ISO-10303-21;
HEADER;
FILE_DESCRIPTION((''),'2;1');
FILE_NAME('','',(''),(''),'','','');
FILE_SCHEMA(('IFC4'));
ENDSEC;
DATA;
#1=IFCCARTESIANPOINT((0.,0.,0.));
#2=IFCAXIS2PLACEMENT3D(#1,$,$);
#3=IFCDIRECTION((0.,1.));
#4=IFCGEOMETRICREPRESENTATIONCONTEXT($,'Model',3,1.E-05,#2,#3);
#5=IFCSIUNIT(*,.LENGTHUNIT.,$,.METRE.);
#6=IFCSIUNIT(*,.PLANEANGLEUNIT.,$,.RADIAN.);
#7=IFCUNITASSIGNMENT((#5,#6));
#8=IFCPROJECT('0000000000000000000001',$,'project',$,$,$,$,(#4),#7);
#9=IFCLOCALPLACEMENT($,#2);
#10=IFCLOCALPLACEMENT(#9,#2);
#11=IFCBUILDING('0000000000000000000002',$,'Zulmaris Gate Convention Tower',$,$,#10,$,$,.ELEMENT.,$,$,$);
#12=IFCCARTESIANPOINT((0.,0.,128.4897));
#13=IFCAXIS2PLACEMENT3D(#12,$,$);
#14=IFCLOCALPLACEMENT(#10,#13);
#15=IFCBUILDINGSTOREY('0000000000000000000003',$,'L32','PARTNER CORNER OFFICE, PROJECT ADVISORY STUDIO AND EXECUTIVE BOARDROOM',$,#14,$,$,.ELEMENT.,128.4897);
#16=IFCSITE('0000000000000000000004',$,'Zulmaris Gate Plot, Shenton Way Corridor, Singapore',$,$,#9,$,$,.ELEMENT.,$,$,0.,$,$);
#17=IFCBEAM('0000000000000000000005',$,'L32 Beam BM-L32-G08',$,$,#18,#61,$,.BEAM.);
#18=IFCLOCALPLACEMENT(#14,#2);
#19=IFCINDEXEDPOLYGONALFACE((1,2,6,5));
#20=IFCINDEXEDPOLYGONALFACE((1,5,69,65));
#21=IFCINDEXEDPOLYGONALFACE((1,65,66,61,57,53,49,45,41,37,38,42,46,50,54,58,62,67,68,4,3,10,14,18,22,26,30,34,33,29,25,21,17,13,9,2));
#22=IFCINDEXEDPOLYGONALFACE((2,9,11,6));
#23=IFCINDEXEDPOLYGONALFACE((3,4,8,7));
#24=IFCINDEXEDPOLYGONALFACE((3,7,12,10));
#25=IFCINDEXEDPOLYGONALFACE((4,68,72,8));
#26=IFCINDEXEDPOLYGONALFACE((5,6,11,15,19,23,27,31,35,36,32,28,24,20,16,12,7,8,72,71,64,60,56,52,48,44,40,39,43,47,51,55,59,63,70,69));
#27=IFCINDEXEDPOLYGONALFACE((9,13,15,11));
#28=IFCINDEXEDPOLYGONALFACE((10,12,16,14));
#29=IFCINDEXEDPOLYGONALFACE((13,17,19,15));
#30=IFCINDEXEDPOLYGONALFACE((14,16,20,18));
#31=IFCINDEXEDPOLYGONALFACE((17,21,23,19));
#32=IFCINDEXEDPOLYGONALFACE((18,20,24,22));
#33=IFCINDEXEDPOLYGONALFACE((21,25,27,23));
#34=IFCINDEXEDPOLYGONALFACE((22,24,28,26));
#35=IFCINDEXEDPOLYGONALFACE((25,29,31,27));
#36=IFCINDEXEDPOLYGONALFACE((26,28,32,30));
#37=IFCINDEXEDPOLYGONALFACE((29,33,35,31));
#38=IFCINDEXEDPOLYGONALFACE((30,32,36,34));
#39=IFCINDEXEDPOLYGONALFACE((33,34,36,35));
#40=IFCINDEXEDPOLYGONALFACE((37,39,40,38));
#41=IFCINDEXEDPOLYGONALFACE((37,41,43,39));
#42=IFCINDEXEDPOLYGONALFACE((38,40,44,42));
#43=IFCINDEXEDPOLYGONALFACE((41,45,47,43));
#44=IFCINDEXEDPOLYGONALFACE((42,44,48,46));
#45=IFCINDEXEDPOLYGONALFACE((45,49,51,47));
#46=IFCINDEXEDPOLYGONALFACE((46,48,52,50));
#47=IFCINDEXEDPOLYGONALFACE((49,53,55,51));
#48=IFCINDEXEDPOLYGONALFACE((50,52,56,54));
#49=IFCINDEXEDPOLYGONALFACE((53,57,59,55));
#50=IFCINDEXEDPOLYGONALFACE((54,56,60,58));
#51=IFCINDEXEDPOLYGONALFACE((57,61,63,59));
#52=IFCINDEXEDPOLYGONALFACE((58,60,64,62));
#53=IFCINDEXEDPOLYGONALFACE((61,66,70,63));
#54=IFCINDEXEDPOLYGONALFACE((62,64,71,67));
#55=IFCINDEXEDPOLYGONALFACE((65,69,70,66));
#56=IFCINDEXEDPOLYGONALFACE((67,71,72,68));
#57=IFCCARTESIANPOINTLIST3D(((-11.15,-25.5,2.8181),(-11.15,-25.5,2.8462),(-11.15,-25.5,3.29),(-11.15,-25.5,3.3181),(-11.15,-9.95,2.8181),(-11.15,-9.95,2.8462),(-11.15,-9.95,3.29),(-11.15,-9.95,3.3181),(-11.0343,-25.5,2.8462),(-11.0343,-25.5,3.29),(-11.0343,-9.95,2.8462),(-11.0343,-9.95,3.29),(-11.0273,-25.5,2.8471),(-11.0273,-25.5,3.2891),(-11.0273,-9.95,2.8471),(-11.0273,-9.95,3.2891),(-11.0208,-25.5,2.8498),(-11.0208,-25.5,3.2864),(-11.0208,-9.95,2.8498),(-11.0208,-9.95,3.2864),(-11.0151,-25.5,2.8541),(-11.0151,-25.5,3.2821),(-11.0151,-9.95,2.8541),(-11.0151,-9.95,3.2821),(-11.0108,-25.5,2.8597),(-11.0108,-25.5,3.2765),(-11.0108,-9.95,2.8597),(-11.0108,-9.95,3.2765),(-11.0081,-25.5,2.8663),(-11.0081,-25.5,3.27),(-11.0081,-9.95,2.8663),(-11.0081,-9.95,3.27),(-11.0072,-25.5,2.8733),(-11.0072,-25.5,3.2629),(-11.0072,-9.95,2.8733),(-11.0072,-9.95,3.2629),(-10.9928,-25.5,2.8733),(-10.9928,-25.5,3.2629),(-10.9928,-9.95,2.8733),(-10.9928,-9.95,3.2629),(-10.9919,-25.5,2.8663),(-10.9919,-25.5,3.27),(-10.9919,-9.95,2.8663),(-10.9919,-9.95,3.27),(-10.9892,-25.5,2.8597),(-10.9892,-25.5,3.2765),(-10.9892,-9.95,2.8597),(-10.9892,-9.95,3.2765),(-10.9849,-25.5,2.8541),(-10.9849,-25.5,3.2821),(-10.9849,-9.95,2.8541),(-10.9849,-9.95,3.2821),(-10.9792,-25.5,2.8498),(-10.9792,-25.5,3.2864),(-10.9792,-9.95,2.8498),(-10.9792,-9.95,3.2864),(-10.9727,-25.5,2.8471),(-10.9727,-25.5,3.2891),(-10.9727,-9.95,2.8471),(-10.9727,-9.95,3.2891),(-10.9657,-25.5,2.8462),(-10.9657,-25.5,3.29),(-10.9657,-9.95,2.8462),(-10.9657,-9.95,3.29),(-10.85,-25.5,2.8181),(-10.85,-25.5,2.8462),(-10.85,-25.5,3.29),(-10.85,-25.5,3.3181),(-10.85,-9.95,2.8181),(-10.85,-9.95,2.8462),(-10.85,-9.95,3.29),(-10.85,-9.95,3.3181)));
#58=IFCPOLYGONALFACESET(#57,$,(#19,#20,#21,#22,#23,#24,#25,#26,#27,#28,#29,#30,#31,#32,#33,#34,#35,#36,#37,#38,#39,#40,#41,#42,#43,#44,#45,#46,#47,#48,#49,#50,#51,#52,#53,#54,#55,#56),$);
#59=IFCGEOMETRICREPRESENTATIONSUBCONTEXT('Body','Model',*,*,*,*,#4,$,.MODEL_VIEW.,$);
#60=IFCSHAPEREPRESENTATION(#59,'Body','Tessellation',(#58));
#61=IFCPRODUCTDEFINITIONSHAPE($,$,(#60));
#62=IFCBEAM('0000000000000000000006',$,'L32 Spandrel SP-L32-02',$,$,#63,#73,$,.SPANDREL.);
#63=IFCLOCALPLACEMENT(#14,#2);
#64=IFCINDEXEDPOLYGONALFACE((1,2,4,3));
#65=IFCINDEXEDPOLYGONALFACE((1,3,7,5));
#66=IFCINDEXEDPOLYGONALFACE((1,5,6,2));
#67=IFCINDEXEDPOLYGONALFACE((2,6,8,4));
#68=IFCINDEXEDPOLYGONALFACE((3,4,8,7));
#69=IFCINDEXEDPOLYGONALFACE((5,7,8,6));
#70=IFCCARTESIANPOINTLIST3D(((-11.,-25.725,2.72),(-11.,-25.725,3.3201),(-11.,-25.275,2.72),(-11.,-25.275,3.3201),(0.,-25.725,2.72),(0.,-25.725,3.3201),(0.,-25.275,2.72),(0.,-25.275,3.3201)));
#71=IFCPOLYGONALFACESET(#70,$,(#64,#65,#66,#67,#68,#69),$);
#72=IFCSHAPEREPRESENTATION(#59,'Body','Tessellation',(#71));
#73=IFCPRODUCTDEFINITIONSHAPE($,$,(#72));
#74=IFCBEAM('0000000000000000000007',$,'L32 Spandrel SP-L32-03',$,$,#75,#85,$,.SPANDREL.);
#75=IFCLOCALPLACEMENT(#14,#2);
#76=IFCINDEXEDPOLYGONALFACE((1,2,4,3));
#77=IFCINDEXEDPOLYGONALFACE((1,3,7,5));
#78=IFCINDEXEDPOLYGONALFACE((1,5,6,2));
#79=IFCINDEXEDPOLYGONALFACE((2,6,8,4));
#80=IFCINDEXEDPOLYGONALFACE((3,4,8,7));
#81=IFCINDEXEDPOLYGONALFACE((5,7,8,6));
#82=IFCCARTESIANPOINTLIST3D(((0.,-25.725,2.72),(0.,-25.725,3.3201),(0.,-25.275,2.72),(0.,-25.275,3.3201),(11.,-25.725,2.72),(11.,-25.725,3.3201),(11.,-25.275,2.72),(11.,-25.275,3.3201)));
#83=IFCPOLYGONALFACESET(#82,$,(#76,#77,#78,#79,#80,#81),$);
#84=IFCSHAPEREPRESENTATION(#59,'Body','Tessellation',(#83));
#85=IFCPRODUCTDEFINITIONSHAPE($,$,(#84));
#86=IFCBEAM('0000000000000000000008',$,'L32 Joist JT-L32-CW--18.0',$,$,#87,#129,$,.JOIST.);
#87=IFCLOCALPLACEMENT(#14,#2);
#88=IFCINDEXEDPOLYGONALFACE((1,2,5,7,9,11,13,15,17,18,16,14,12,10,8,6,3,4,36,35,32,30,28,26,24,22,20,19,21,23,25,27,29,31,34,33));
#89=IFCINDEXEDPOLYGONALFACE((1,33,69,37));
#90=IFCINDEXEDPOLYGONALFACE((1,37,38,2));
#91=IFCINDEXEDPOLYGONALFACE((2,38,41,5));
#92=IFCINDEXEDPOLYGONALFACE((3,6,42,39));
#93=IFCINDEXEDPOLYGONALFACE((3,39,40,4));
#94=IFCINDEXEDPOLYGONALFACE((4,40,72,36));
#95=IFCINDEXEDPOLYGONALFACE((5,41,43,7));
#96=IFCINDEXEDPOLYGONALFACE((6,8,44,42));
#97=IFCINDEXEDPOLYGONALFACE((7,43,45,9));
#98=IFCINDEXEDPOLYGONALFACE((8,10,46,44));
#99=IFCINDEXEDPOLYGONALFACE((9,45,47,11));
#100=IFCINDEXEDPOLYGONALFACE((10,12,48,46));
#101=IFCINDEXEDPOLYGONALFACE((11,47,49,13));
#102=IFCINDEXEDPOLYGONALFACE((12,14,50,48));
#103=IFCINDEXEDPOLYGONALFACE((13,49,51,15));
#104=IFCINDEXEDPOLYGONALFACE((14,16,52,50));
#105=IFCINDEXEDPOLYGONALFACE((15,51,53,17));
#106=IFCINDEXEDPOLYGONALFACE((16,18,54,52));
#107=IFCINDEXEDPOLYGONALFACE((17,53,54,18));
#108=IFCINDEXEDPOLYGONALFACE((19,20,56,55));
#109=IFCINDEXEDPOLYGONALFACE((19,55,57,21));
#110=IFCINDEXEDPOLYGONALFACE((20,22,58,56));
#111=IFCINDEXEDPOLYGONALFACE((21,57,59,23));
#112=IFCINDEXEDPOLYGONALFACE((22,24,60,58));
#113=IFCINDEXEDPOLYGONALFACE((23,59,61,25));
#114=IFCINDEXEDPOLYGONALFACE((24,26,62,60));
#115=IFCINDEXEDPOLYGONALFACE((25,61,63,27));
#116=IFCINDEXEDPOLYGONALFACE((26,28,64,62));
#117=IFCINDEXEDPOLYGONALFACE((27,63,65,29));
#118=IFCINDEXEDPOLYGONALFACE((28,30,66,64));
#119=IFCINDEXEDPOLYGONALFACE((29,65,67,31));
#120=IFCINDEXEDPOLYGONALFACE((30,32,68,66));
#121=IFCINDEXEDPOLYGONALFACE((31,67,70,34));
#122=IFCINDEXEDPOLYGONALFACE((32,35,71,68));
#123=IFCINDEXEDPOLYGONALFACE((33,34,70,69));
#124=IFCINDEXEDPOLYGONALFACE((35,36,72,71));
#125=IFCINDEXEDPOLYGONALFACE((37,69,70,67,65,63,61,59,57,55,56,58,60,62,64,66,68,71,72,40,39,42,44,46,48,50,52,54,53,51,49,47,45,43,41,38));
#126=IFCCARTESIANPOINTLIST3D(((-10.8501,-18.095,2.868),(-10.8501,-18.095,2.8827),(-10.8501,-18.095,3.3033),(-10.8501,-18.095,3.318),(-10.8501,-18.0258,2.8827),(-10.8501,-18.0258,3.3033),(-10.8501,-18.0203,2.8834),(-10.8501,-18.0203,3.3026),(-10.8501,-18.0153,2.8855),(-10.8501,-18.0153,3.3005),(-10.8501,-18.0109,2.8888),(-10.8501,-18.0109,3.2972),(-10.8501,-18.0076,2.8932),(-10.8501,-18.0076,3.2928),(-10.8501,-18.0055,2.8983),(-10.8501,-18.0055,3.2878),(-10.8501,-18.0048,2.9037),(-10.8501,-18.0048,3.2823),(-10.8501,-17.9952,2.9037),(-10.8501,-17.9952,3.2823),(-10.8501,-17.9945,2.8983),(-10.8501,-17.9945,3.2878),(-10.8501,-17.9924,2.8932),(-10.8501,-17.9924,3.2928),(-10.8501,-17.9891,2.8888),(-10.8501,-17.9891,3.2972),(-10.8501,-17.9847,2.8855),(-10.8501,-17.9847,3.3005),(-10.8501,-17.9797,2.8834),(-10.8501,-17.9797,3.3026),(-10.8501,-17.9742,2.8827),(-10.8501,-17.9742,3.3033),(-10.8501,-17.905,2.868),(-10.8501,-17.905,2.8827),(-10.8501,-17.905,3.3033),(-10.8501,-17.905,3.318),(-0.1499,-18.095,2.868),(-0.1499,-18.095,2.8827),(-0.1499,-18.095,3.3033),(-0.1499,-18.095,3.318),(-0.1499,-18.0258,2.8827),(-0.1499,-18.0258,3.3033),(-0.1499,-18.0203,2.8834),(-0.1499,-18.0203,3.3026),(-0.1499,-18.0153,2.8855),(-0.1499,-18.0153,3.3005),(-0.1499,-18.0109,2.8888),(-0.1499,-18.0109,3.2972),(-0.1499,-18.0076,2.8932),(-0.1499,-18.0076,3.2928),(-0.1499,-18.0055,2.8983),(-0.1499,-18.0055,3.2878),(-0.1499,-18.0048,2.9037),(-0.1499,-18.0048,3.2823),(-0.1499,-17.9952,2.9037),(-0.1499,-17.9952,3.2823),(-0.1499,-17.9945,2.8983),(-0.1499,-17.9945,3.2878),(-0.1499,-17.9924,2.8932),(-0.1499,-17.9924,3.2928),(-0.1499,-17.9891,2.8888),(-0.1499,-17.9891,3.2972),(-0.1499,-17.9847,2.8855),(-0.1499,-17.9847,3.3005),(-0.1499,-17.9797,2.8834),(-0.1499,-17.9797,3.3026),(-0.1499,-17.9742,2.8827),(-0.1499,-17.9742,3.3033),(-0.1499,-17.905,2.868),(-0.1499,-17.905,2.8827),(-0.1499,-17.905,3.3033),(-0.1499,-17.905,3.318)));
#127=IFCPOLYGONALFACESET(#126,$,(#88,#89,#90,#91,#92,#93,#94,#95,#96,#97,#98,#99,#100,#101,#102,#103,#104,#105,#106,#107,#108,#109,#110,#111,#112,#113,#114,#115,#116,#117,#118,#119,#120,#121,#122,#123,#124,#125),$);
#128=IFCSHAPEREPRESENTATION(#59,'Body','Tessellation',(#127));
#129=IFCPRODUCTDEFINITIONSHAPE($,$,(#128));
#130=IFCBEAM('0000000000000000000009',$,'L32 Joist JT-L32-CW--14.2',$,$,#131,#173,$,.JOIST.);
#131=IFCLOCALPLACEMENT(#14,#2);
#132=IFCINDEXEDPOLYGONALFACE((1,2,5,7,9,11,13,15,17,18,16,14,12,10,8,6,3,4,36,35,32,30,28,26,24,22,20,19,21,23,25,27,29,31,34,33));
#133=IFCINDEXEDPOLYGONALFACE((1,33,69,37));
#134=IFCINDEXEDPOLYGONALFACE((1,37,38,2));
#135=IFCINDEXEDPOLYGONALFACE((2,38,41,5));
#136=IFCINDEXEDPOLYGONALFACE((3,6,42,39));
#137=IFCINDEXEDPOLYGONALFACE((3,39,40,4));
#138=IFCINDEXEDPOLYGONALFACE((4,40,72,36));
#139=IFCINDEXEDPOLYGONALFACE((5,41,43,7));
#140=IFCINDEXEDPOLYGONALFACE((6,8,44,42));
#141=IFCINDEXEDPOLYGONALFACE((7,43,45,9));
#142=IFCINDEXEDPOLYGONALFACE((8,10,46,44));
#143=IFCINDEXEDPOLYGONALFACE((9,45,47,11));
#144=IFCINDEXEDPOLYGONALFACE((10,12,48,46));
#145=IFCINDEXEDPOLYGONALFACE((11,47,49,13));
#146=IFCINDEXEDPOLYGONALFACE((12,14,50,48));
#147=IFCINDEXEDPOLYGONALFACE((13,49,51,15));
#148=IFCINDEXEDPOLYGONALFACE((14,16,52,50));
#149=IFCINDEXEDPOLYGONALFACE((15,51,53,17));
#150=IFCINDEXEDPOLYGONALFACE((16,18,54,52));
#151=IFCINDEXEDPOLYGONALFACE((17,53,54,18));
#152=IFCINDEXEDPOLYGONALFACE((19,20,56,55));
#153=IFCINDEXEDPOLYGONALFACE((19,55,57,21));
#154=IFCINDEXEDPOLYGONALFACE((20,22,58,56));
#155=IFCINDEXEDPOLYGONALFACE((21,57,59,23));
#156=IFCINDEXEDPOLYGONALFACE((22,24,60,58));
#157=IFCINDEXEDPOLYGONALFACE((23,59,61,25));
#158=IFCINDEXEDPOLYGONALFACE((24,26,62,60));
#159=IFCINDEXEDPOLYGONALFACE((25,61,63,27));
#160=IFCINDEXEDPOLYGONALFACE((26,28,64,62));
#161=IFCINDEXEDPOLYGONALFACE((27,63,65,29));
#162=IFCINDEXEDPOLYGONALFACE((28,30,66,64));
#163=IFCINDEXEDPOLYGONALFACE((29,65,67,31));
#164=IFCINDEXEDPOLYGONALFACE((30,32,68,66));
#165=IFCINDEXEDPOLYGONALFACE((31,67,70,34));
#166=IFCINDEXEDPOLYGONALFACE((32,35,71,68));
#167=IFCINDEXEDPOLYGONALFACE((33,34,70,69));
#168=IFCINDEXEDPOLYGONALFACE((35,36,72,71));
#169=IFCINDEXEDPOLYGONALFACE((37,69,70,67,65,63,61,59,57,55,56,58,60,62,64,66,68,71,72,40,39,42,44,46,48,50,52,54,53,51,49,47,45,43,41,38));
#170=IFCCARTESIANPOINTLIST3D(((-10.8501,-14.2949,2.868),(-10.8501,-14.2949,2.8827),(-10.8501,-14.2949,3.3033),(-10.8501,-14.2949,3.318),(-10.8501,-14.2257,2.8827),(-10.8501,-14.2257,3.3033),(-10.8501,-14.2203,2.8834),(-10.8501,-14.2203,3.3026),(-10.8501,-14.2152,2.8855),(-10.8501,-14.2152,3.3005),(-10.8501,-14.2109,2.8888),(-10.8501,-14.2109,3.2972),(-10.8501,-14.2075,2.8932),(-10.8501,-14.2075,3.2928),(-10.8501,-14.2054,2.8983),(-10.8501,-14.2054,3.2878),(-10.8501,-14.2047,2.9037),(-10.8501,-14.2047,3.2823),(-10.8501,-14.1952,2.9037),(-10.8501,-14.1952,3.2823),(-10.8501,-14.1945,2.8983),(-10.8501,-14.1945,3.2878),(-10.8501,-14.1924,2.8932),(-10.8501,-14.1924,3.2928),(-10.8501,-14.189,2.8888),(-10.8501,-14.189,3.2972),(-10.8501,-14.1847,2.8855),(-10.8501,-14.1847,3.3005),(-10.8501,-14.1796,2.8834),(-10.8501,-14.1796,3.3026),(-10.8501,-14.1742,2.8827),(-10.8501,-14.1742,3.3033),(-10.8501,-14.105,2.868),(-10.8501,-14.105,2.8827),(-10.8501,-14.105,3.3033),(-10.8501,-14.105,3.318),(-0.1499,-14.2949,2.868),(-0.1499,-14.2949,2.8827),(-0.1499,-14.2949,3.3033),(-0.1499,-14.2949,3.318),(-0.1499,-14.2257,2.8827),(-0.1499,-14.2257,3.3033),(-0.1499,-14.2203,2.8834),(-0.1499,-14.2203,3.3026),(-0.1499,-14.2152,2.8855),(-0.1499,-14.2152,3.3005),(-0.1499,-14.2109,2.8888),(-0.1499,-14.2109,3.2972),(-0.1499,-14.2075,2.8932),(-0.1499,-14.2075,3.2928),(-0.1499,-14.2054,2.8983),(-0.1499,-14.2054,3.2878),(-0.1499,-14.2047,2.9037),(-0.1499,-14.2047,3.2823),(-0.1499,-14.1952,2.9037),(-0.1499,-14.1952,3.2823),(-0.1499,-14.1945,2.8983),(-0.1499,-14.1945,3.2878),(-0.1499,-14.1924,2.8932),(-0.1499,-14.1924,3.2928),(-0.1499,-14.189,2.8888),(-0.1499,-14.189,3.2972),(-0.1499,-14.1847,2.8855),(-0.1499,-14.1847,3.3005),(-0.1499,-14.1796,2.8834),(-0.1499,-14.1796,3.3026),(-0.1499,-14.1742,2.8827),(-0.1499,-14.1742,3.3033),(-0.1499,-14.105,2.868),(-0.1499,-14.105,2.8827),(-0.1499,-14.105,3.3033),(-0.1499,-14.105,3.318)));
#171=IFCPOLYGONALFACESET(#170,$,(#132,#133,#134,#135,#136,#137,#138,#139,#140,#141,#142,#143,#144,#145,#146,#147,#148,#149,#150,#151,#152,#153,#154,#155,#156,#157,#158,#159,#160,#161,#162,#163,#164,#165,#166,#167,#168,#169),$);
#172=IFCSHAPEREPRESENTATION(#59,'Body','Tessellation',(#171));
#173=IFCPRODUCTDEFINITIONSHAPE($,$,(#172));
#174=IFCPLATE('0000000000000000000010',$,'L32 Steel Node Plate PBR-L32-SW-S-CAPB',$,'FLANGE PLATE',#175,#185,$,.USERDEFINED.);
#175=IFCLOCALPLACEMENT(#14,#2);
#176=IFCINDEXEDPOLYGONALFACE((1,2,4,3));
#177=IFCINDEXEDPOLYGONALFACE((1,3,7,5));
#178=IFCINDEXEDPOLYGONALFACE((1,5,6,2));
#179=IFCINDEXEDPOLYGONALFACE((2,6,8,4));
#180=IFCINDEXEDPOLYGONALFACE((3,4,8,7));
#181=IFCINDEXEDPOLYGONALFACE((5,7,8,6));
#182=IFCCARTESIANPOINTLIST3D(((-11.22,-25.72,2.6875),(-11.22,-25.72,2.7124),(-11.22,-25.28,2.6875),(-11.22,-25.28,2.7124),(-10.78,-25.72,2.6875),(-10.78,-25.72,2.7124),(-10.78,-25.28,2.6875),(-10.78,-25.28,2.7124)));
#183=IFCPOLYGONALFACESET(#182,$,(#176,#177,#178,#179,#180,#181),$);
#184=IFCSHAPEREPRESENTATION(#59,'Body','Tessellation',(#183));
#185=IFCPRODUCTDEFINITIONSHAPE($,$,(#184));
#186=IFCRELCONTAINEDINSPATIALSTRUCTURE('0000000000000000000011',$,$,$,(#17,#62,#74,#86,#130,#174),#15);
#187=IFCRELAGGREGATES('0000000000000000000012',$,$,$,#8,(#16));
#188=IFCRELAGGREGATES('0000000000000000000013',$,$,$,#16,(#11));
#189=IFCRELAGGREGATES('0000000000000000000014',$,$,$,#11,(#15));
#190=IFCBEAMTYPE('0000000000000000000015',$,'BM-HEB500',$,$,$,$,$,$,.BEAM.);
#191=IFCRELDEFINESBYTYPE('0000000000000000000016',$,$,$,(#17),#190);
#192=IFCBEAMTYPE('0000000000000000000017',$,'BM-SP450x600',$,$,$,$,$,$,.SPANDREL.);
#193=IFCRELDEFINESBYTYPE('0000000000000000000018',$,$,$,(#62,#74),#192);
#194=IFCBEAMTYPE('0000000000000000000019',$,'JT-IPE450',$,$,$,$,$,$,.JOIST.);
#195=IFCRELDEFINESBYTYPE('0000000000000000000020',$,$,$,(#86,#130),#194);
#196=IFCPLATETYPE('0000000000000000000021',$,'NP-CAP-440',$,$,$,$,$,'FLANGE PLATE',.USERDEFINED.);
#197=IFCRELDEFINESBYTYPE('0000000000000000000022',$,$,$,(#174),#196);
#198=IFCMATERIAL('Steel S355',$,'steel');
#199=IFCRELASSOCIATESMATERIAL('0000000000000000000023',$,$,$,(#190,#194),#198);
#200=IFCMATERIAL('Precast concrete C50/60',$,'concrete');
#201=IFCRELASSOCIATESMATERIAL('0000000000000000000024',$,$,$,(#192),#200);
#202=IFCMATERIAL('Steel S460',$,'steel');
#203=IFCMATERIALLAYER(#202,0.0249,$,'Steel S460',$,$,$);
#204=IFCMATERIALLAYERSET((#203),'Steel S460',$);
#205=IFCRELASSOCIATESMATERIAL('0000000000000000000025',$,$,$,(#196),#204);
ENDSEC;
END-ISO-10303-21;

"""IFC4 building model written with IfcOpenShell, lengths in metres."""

from ifc_helpers import new_model, si_unit, direction, frame, origin, origin_2d, place, context, subcontext, project, spatial, rectangle, i_section, extrude, material, layer, layer_set, material_profile, profile_set, type_object, element, save


model = new_model("IFC4")

# Units and contexts
model_context = context("Model", 3, precision=1e-05, world=origin(), true_north=direction((0.0, 1.0)))
body_context = subcontext(model_context, "Body", "Model", "MODEL_VIEW")
ifc_project = project(units=[si_unit("LENGTHUNIT", "METRE"), si_unit("PLANEANGLEUNIT", "RADIAN")], contexts=[model_context])

# Site, building, storey
site_placement = place(None, origin())
site = spatial("IfcSite", under=ifc_project, at=site_placement, Name="Zulmaris Gate Plot, Shenton Way Corridor, Singapore", CompositionType="ELEMENT", RefElevation=0.0)
building_placement = place(site_placement, origin())
building = spatial("IfcBuilding", under=site, at=building_placement, Name="Zulmaris Gate Convention Tower", CompositionType="ELEMENT")
storey_placement = place(building_placement, frame((0.0, 0.0, 128.4897)))
storey = spatial("IfcBuildingStorey", under=building, at=storey_placement, Name="L32", Description="PARTNER CORNER OFFICE, PROJECT ADVISORY STUDIO AND EXECUTIVE BOARDROOM", CompositionType="ELEMENT", Elevation=128.4897)

# Beams
ifc_material_1 = material(Name="Steel S355", Category="steel")
ifc_material_profile_1 = material_profile(ifc_material_1, i_section(OverallWidth=0.3, OverallDepth=0.5, WebThickness=0.0144, FlangeThickness=0.0281, FilletRadius=0.0271, at=origin_2d()), Name="HEB 500")
ifc_profile_set_1 = profile_set([ifc_material_profile_1], Name="Steel S355")
beam_type_1 = type_object("IfcBeamType", Name="BM-HEB500", PredefinedType="BEAM", material=ifc_profile_set_1)
beam_1_placement = place(storey_placement, frame((-11.0, -25.5, 3.0681), z_axis=(0.0, 1.0, 0.0), x_axis=(-1.0, 0.0, 0.0)))
element("IfcBeam", 1, at=beam_1_placement, inside=storey, type_object=beam_type_1, Name="L32 Beam BM-L32-G08", PredefinedType="BEAM", context=body_context, shape_type="SweptSolid", body=[
    extrude(i_section(OverallWidth=0.3, OverallDepth=0.5, WebThickness=0.0144, FlangeThickness=0.0281, FilletRadius=0.0271, at=origin_2d()), origin(), (0.0, 0.0, 1.0), 15.55),
])
ifc_material_2 = material(Name="Precast concrete C50/60", Category="concrete")
ifc_material_profile_2 = material_profile(ifc_material_2, rectangle(XDim=0.45, YDim=0.6001, at=origin_2d()), Name="RC SPANDREL 450x600")
ifc_profile_set_2 = profile_set([ifc_material_profile_2], Name="Precast concrete C50/60")
beam_type_2 = type_object("IfcBeamType", Name="BM-SP450x600", PredefinedType="SPANDREL", material=ifc_profile_set_2)
for number, where, z_axis, x_axis, name in (
    (2, (-11.0, -25.5, 3.02), (1.0, 0.0, 0.0), (0.0, 1.0, 0.0), "L32 Spandrel SP-L32-02"),
    (3, (0.0, -25.5, 3.02), (1.0, 0.0, 0.0), (0.0, 1.0, 0.0), "L32 Spandrel SP-L32-03"),
):
    element("IfcBeam", number, at=place(storey_placement, frame(where, z_axis=z_axis, x_axis=x_axis)), inside=storey, type_object=beam_type_2, Name=name, PredefinedType="SPANDREL", context=body_context, shape_type="SweptSolid", body=[
        extrude(rectangle(XDim=0.45, YDim=0.6001, at=origin_2d()), origin(), (0.0, 0.0, 1.0), 11.0),
    ])
ifc_material_profile_3 = material_profile(ifc_material_1, i_section(OverallWidth=0.1899, OverallDepth=0.45, WebThickness=0.0095, FlangeThickness=0.0146, FilletRadius=0.021, at=origin_2d()), Name="IPE 450")
ifc_profile_set_3 = profile_set([ifc_material_profile_3], Name="Steel S355")
beam_type_3 = type_object("IfcBeamType", Name="JT-IPE450", PredefinedType="JOIST", material=ifc_profile_set_3)
for number, where, z_axis, x_axis, name in (
    (4, (-10.8501, -18.0, 3.093), (1.0, 0.0, 0.0), (0.0, 1.0, 0.0), "L32 Joist JT-L32-CW--18.0"),
    (5, (-10.8501, -14.2, 3.093), (1.0, 0.0, 0.0), (0.0, 1.0, 0.0), "L32 Joist JT-L32-CW--14.2"),
):
    element("IfcBeam", number, at=place(storey_placement, frame(where, z_axis=z_axis, x_axis=x_axis)), inside=storey, type_object=beam_type_3, Name=name, PredefinedType="JOIST", context=body_context, shape_type="SweptSolid", body=[
        extrude(i_section(OverallWidth=0.1899, OverallDepth=0.45, WebThickness=0.0095, FlangeThickness=0.0146, FilletRadius=0.021, at=origin_2d()), origin(), (0.0, 0.0, 1.0), 10.7002),
    ])

# Plate
ifc_material_3 = material(Name="Steel S460", Category="steel")
ifc_layer_1 = layer(ifc_material_3, 0.0249, Name="Steel S460")
ifc_layer_set_1 = layer_set([ifc_layer_1], Name="Steel S460")
plate_type = type_object("IfcPlateType", Name="NP-CAP-440", ElementType="FLANGE PLATE", PredefinedType="USERDEFINED", material=ifc_layer_set_1)
plate_placement = place(storey_placement, frame((-11.0, -25.5, 2.6875), z_axis=(0.0, 0.0, 1.0), x_axis=(1.0, 0.0, 0.0)))
element("IfcPlate", 6, at=plate_placement, inside=storey, type_object=plate_type, Name="L32 Steel Node Plate PBR-L32-SW-S-CAPB", ObjectType="FLANGE PLATE", PredefinedType="USERDEFINED", context=body_context, shape_type="SweptSolid", body=[
    extrude(rectangle(XDim=0.4399, YDim=0.4399, at=origin_2d()), origin(), (0.0, 0.0, 1.0), 0.0249),
])

save(model, "model.ifc")
